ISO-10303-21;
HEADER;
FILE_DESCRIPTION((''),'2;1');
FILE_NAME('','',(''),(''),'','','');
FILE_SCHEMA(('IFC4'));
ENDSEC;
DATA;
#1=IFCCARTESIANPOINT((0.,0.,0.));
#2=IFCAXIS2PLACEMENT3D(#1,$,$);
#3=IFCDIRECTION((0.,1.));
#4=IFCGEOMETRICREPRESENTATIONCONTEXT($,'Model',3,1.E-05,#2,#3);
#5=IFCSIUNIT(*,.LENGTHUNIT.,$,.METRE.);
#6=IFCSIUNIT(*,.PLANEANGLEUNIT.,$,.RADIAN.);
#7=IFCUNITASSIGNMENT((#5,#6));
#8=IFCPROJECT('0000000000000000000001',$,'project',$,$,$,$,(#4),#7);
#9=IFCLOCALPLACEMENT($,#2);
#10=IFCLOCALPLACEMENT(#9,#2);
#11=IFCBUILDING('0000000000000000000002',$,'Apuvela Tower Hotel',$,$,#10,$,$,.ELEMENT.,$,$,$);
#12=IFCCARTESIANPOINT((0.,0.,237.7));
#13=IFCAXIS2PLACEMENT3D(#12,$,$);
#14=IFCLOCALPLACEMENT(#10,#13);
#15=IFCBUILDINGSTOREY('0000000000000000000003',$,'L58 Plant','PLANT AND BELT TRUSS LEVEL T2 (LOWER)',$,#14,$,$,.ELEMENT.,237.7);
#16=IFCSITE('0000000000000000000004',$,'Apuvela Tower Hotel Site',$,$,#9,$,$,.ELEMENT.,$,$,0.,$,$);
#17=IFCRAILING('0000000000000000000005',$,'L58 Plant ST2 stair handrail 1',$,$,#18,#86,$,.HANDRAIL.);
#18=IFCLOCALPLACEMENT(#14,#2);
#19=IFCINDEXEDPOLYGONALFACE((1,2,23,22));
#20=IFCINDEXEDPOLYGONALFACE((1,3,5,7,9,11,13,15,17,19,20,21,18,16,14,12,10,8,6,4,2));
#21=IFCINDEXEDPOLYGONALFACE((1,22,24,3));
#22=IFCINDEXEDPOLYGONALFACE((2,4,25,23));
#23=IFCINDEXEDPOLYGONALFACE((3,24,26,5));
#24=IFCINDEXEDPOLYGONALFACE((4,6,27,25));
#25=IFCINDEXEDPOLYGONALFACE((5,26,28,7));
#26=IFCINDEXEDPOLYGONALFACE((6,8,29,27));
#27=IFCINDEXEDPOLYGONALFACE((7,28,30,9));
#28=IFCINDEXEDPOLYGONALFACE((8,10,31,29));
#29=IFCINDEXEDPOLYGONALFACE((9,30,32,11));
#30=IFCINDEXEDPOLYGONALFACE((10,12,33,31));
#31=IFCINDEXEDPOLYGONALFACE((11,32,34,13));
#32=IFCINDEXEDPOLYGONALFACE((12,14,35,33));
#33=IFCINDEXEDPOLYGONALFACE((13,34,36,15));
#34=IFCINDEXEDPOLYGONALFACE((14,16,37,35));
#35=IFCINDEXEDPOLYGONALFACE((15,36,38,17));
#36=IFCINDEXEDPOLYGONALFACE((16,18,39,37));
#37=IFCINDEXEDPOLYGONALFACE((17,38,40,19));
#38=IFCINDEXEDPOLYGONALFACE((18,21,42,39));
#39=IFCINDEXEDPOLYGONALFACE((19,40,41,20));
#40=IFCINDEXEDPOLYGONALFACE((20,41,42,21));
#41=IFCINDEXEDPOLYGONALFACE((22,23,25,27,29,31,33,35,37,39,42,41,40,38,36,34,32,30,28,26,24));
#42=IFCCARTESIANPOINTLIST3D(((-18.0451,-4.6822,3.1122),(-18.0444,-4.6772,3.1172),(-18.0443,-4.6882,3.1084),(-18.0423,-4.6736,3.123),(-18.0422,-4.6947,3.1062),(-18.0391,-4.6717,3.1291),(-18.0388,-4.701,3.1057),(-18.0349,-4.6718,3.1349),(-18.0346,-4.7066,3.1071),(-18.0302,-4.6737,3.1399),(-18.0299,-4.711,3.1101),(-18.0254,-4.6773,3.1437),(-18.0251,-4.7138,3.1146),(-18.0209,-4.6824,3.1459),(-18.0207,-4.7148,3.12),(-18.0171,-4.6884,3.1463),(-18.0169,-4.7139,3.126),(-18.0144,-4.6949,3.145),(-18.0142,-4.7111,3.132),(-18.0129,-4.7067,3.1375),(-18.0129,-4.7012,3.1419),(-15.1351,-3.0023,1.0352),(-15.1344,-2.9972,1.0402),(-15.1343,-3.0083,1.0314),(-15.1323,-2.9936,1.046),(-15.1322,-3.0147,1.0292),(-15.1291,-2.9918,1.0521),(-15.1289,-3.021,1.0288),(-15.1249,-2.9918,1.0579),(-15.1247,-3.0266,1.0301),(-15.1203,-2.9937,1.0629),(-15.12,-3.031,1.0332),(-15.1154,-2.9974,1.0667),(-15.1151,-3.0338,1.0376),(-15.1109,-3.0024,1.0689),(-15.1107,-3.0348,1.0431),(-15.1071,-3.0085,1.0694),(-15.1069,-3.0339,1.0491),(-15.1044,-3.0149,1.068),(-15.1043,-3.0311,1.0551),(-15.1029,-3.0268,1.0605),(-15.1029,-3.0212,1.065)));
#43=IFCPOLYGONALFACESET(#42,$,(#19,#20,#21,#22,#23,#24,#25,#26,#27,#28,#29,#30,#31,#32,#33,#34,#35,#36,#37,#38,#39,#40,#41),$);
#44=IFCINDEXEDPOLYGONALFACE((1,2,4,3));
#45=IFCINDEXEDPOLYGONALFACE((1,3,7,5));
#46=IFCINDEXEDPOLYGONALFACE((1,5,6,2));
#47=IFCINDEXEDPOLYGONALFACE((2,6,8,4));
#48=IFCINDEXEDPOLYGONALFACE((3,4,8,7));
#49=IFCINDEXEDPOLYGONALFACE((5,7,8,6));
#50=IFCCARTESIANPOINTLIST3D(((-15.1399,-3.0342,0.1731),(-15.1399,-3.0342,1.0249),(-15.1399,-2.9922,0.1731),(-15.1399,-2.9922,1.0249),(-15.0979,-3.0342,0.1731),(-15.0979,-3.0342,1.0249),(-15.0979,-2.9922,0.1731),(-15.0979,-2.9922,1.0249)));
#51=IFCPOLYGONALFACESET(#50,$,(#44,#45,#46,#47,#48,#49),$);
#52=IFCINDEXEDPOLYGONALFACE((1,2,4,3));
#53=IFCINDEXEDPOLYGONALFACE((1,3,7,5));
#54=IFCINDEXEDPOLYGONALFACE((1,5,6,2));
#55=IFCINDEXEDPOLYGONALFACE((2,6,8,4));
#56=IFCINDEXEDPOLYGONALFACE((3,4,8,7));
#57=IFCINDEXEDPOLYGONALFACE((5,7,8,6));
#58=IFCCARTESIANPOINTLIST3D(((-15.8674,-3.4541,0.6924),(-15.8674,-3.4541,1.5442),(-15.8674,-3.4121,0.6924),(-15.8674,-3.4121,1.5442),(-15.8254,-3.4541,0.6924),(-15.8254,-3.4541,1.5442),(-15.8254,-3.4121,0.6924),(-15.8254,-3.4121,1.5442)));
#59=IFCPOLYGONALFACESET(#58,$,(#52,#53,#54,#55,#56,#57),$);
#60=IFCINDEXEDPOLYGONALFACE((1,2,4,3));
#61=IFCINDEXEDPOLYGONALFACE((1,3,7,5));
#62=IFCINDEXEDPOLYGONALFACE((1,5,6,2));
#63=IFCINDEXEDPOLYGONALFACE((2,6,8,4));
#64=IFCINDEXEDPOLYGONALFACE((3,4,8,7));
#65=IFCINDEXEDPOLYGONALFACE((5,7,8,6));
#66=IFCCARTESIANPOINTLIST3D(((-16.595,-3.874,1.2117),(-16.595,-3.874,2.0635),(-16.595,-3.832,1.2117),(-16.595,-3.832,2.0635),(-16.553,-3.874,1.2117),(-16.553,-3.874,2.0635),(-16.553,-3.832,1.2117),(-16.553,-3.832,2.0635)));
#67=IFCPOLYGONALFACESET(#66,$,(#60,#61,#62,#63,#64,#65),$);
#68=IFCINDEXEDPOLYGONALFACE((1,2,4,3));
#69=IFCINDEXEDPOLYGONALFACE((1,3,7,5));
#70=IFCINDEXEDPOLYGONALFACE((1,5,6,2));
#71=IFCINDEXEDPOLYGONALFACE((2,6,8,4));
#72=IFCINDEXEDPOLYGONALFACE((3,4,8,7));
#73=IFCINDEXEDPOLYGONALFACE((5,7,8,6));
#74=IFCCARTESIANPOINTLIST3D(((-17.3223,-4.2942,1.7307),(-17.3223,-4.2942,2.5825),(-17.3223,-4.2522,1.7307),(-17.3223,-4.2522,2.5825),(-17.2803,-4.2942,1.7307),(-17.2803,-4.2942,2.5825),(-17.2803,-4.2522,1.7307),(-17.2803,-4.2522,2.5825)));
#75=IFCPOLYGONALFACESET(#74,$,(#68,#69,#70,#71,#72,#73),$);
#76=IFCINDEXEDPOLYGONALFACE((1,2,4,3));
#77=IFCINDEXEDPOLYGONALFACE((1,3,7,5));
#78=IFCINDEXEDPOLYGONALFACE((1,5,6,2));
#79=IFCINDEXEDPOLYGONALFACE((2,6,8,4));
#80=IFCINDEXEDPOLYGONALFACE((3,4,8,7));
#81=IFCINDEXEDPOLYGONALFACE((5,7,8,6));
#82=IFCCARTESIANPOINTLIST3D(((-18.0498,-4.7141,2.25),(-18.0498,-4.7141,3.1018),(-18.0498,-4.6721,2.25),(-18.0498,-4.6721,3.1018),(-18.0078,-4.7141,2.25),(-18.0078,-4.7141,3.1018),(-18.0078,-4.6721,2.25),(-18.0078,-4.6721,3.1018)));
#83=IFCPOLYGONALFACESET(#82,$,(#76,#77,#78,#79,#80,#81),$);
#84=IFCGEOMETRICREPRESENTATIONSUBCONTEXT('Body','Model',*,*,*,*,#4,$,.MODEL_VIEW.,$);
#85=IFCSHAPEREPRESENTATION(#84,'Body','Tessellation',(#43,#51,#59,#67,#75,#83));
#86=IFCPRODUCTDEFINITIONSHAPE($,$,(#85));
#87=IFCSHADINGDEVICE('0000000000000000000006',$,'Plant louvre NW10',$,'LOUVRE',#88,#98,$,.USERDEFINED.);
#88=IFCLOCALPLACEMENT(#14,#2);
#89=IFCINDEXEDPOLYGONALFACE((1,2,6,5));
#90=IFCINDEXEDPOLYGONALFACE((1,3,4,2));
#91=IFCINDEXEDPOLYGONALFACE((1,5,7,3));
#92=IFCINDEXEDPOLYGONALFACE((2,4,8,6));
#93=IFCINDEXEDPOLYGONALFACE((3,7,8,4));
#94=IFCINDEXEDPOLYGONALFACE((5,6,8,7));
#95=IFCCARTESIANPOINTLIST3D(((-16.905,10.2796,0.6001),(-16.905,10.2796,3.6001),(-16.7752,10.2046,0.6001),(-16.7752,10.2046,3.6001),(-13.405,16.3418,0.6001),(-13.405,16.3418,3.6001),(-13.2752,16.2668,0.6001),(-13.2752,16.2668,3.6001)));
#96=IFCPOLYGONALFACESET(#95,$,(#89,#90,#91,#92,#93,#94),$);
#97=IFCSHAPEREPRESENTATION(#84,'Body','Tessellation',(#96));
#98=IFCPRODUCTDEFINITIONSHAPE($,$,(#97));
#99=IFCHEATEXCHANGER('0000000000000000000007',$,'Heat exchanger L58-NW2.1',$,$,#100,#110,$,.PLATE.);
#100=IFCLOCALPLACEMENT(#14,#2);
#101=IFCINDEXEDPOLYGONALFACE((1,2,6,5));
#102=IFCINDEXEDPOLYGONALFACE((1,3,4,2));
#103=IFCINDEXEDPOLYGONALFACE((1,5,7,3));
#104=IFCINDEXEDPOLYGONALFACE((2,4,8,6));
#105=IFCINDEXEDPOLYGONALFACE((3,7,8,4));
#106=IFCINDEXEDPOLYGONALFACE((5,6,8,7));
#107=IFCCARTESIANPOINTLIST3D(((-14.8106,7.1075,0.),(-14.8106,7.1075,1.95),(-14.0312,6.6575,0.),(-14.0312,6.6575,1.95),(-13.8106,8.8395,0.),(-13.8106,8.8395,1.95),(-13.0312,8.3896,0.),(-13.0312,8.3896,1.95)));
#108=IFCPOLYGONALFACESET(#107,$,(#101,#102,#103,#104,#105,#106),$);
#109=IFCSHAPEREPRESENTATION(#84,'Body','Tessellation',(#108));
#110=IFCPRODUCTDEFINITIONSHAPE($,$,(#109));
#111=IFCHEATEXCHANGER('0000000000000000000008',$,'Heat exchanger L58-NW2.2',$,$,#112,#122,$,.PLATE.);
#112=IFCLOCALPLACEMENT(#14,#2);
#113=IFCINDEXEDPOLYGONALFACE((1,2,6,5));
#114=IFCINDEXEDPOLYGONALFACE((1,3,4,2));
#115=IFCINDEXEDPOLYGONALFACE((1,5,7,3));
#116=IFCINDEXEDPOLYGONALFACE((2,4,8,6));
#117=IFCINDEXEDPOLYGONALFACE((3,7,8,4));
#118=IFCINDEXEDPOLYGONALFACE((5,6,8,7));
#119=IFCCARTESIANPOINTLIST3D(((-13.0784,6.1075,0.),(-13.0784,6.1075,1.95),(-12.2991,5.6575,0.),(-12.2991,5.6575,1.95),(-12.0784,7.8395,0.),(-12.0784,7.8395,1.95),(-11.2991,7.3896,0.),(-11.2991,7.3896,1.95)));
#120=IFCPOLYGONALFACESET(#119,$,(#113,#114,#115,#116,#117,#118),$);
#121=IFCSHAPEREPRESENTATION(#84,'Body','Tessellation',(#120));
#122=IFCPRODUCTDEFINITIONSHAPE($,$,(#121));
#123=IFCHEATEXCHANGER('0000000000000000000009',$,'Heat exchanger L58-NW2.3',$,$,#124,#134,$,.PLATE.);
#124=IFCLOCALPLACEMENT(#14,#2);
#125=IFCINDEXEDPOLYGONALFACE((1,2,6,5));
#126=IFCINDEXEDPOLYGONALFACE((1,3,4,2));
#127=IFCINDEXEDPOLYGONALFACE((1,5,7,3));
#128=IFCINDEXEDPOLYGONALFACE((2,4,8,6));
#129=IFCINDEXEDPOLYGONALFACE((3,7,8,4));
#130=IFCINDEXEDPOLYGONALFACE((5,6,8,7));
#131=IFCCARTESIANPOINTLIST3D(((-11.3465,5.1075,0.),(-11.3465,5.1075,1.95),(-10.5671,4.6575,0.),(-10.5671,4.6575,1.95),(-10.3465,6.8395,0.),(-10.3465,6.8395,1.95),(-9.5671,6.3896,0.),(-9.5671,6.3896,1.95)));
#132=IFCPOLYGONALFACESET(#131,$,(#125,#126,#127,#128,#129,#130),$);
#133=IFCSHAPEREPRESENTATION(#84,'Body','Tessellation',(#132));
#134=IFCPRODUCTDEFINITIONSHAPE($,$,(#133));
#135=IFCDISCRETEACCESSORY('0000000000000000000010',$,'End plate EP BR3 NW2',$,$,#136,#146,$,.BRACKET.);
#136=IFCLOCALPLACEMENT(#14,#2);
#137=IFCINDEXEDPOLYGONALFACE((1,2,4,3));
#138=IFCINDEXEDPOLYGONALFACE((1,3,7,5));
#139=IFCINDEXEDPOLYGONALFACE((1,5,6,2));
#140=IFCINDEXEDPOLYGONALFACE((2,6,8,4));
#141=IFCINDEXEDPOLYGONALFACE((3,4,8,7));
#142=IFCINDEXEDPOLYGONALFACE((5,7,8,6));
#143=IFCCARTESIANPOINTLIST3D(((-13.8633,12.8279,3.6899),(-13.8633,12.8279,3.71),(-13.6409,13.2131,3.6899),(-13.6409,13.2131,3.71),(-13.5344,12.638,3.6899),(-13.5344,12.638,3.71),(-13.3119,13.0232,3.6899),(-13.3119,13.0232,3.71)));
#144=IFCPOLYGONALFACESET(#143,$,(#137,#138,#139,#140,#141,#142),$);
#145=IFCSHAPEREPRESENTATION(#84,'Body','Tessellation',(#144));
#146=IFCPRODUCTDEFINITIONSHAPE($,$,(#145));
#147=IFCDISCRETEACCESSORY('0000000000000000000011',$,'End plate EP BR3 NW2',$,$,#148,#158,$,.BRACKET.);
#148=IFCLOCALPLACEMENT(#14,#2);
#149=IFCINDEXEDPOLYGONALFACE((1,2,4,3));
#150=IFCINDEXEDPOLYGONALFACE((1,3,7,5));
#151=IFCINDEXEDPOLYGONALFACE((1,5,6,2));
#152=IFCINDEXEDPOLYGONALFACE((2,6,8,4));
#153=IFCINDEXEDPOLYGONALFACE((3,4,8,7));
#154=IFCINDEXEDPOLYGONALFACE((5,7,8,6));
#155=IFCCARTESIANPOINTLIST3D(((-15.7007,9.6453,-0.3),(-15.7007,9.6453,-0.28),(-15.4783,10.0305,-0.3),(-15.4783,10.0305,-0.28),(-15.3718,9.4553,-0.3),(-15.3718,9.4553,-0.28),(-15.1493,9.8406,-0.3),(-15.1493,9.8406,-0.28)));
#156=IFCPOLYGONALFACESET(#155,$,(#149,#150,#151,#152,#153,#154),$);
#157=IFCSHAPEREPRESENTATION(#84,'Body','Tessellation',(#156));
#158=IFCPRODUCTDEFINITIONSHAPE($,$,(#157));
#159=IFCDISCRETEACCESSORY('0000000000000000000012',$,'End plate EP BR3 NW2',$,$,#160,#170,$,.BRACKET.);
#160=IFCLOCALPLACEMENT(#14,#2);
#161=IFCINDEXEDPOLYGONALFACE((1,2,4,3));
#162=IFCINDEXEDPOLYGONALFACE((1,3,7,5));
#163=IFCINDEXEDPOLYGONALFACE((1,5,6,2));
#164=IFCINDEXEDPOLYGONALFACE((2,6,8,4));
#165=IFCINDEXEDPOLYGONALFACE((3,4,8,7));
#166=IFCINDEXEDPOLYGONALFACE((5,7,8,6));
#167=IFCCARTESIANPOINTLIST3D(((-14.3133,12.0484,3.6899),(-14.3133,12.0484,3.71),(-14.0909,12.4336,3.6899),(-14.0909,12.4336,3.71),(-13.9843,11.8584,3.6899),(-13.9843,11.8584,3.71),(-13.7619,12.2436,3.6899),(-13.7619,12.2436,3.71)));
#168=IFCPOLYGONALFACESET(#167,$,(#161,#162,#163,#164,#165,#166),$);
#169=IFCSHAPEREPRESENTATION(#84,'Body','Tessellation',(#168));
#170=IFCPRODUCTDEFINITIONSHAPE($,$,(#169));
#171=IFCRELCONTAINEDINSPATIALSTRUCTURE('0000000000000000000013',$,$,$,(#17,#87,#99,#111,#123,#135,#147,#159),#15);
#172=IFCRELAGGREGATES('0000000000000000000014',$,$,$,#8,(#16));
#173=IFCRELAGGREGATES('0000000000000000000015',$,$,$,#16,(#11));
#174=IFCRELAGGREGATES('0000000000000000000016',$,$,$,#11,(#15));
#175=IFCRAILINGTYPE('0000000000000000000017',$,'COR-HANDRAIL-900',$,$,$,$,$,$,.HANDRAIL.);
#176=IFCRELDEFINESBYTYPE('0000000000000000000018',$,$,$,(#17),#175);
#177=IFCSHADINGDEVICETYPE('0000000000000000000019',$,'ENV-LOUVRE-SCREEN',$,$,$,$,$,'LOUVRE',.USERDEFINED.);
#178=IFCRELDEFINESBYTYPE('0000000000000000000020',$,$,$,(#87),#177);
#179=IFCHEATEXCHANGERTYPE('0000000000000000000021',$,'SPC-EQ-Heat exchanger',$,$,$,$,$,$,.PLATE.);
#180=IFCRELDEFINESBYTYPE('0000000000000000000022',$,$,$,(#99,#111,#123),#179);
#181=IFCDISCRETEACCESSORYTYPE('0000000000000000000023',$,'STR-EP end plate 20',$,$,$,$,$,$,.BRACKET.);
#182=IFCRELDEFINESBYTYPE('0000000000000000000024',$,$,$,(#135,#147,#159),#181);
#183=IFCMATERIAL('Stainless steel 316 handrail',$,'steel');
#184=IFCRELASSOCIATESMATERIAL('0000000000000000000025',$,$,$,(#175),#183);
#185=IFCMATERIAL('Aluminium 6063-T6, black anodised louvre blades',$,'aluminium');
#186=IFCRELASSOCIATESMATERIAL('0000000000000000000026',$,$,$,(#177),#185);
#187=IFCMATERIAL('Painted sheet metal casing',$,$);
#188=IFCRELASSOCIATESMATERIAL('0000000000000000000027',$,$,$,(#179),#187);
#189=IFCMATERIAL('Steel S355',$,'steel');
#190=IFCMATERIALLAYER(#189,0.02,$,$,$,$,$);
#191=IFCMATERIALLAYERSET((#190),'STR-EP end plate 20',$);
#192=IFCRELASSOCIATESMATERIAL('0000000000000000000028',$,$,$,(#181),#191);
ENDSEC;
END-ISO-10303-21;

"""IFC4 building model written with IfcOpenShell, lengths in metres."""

from ifc_helpers import new_model, si_unit, direction, frame, origin, origin_2d, place, context, subcontext, project, spatial, rectangle, circle, extrude, material, layer, layer_set, type_object, element, save


model = new_model("IFC4")

# Units and contexts
model_context = context("Model", 3, precision=1e-05, world=origin(), true_north=direction((0.0, 1.0)))
body_context = subcontext(model_context, "Body", "Model", "MODEL_VIEW")
ifc_project = project(units=[si_unit("LENGTHUNIT", "METRE"), si_unit("PLANEANGLEUNIT", "RADIAN")], contexts=[model_context])

# Site, building, storey
site_placement = place(None, origin())
site = spatial("IfcSite", under=ifc_project, at=site_placement, Name="Apuvela Tower Hotel Site", CompositionType="ELEMENT", RefElevation=0.0)
building_placement = place(site_placement, origin())
building = spatial("IfcBuilding", under=site, at=building_placement, Name="Apuvela Tower Hotel", CompositionType="ELEMENT")
storey_placement = place(building_placement, frame((0.0, 0.0, 237.7)))
storey = spatial("IfcBuildingStorey", under=building, at=storey_placement, Name="L58 Plant", Description="PLANT AND BELT TRUSS LEVEL T2 (LOWER)", CompositionType="ELEMENT", Elevation=237.7)

# Shared definitions
ifc_material_1 = material(Name="Steel S355", Category="steel")

# Railing
ifc_material_2 = material(Name="Stainless steel 316 handrail", Category="steel")
railing_type_1 = type_object("IfcRailingType", Name="COR-HANDRAIL-900", PredefinedType="HANDRAIL", material=ifc_material_2)
railing_1_placement = place(storey_placement, frame((-15.1189, -3.0132, 0.1731)))
element("IfcRailing", 1, at=railing_1_placement, inside=storey, type_object=railing_type_1, Name="L58 Plant ST2 stair handrail 1", PredefinedType="HANDRAIL", context=body_context, shape_type="SweptSolid", body=[
    extrude(circle(Radius=0.0239, at=origin_2d()), frame((0.0, 0.0, 0.876), z_axis=(-0.736668, -0.425288, 0.525785), x_axis=(0.499976, -0.866039, 0.0)), (0.0, 0.0, 1.0), 3.9502),
    extrude(rectangle(XDim=0.042, YDim=0.042, at=origin_2d()), origin(), (0.0, 0.0, 1.0), 0.8518),
    extrude(rectangle(XDim=0.042, YDim=0.042, at=origin_2d()), frame((-0.7275, -0.4199, 0.5193)), (0.0, 0.0, 1.0), 0.8518),
    extrude(rectangle(XDim=0.042, YDim=0.042, at=origin_2d()), frame((-1.4551, -0.8398, 1.0386)), (0.0, 0.0, 1.0), 0.8518),
    extrude(rectangle(XDim=0.042, YDim=0.042, at=origin_2d()), frame((-2.1824, -1.26, 1.5576)), (0.0, 0.0, 1.0), 0.8518),
    extrude(rectangle(XDim=0.042, YDim=0.042, at=origin_2d()), frame((-2.9099, -1.6799, 2.0769)), (0.0, 0.0, 1.0), 0.8518),
])

# Shading device
ifc_material_3 = material(Name="Aluminium 6063-T6, black anodised louvre blades", Category="aluminium")
shading_device_type = type_object("IfcShadingDeviceType", Name="ENV-LOUVRE-SCREEN", ElementType="LOUVRE", PredefinedType="USERDEFINED", material=ifc_material_3)
shading_device_placement = place(storey_placement, frame((-15.0901, 13.2732, 0.6001), z_axis=(0.0, 0.0, 1.0), x_axis=(-0.5, -0.866025, 0.0)))
element("IfcShadingDevice", 2, at=shading_device_placement, inside=storey, type_object=shading_device_type, Name="Plant louvre NW10", ObjectType="LOUVRE", PredefinedType="USERDEFINED", context=body_context, shape_type="SweptSolid", body=[
    extrude(rectangle(XDim=7.0, YDim=0.1499, at=origin_2d()), origin(), (0.0, 0.0, 1.0), 3.0),
])

# Heat exchangers
ifc_material_4 = material(Name="Painted sheet metal casing")
heat_exchanger_type = type_object("IfcHeatExchangerType", Name="SPC-EQ-Heat exchanger", PredefinedType="PLATE", material=ifc_material_4)
for number, where, z_axis, x_axis, name in (
    (3, (-13.9209, 7.7485, 0.0), (0.0, 0.0, 1.0), (-0.5, -0.866025, 0.0), "Heat exchanger L58-NW2.1"),
    (4, (-12.1887, 6.7485, 0.0), (0.0, 0.0, 1.0), (-0.5, -0.866025, 0.0), "Heat exchanger L58-NW2.2"),
    (5, (-10.4568, 5.7485, 0.0), (0.0, 0.0, 1.0), (-0.5, -0.866025, 0.0), "Heat exchanger L58-NW2.3"),
):
    element("IfcHeatExchanger", number, at=place(storey_placement, frame(where, z_axis=z_axis, x_axis=x_axis)), inside=storey, type_object=heat_exchanger_type, Name=name, PredefinedType="PLATE", context=body_context, shape_type="SweptSolid", body=[
        extrude(rectangle(XDim=2.0, YDim=0.8999, at=origin_2d()), origin(), (0.0, 0.0, 1.0), 1.95),
    ])

# Discrete accessories
ifc_layer_1 = layer(ifc_material_1, 0.02)
ifc_layer_set_1 = layer_set([ifc_layer_1], Name="STR-EP end plate 20")
discrete_accessory_type = type_object("IfcDiscreteAccessoryType", Name="STR-EP end plate 20", PredefinedType="BRACKET", material=ifc_layer_set_1)
for number, where, z_axis, x_axis, name in (
    (6, (-13.5876, 12.9255, 3.6899), (0.0, 0.0, 1.0), (-0.5, -0.866025, 0.0), "End plate EP BR3 NW2"),
    (7, (-15.425, 9.7429, -0.3), (0.0, 0.0, 1.0), (0.5, 0.866025, 0.0), "End plate EP BR3 NW2"),
    (8, (-14.0376, 12.146, 3.6899), (0.0, 0.0, 1.0), (0.5, 0.866025, 0.0), "End plate EP BR3 NW2"),
):
    element("IfcDiscreteAccessory", number, at=place(storey_placement, frame(where, z_axis=z_axis, x_axis=x_axis)), inside=storey, type_object=discrete_accessory_type, Name=name, PredefinedType="BRACKET", context=body_context, shape_type="SweptSolid", body=[
        extrude(rectangle(XDim=0.4448, YDim=0.3799, at=origin_2d()), origin(), (0.0, 0.0, 1.0), 0.02),
    ])

save(model, "model.ifc")
